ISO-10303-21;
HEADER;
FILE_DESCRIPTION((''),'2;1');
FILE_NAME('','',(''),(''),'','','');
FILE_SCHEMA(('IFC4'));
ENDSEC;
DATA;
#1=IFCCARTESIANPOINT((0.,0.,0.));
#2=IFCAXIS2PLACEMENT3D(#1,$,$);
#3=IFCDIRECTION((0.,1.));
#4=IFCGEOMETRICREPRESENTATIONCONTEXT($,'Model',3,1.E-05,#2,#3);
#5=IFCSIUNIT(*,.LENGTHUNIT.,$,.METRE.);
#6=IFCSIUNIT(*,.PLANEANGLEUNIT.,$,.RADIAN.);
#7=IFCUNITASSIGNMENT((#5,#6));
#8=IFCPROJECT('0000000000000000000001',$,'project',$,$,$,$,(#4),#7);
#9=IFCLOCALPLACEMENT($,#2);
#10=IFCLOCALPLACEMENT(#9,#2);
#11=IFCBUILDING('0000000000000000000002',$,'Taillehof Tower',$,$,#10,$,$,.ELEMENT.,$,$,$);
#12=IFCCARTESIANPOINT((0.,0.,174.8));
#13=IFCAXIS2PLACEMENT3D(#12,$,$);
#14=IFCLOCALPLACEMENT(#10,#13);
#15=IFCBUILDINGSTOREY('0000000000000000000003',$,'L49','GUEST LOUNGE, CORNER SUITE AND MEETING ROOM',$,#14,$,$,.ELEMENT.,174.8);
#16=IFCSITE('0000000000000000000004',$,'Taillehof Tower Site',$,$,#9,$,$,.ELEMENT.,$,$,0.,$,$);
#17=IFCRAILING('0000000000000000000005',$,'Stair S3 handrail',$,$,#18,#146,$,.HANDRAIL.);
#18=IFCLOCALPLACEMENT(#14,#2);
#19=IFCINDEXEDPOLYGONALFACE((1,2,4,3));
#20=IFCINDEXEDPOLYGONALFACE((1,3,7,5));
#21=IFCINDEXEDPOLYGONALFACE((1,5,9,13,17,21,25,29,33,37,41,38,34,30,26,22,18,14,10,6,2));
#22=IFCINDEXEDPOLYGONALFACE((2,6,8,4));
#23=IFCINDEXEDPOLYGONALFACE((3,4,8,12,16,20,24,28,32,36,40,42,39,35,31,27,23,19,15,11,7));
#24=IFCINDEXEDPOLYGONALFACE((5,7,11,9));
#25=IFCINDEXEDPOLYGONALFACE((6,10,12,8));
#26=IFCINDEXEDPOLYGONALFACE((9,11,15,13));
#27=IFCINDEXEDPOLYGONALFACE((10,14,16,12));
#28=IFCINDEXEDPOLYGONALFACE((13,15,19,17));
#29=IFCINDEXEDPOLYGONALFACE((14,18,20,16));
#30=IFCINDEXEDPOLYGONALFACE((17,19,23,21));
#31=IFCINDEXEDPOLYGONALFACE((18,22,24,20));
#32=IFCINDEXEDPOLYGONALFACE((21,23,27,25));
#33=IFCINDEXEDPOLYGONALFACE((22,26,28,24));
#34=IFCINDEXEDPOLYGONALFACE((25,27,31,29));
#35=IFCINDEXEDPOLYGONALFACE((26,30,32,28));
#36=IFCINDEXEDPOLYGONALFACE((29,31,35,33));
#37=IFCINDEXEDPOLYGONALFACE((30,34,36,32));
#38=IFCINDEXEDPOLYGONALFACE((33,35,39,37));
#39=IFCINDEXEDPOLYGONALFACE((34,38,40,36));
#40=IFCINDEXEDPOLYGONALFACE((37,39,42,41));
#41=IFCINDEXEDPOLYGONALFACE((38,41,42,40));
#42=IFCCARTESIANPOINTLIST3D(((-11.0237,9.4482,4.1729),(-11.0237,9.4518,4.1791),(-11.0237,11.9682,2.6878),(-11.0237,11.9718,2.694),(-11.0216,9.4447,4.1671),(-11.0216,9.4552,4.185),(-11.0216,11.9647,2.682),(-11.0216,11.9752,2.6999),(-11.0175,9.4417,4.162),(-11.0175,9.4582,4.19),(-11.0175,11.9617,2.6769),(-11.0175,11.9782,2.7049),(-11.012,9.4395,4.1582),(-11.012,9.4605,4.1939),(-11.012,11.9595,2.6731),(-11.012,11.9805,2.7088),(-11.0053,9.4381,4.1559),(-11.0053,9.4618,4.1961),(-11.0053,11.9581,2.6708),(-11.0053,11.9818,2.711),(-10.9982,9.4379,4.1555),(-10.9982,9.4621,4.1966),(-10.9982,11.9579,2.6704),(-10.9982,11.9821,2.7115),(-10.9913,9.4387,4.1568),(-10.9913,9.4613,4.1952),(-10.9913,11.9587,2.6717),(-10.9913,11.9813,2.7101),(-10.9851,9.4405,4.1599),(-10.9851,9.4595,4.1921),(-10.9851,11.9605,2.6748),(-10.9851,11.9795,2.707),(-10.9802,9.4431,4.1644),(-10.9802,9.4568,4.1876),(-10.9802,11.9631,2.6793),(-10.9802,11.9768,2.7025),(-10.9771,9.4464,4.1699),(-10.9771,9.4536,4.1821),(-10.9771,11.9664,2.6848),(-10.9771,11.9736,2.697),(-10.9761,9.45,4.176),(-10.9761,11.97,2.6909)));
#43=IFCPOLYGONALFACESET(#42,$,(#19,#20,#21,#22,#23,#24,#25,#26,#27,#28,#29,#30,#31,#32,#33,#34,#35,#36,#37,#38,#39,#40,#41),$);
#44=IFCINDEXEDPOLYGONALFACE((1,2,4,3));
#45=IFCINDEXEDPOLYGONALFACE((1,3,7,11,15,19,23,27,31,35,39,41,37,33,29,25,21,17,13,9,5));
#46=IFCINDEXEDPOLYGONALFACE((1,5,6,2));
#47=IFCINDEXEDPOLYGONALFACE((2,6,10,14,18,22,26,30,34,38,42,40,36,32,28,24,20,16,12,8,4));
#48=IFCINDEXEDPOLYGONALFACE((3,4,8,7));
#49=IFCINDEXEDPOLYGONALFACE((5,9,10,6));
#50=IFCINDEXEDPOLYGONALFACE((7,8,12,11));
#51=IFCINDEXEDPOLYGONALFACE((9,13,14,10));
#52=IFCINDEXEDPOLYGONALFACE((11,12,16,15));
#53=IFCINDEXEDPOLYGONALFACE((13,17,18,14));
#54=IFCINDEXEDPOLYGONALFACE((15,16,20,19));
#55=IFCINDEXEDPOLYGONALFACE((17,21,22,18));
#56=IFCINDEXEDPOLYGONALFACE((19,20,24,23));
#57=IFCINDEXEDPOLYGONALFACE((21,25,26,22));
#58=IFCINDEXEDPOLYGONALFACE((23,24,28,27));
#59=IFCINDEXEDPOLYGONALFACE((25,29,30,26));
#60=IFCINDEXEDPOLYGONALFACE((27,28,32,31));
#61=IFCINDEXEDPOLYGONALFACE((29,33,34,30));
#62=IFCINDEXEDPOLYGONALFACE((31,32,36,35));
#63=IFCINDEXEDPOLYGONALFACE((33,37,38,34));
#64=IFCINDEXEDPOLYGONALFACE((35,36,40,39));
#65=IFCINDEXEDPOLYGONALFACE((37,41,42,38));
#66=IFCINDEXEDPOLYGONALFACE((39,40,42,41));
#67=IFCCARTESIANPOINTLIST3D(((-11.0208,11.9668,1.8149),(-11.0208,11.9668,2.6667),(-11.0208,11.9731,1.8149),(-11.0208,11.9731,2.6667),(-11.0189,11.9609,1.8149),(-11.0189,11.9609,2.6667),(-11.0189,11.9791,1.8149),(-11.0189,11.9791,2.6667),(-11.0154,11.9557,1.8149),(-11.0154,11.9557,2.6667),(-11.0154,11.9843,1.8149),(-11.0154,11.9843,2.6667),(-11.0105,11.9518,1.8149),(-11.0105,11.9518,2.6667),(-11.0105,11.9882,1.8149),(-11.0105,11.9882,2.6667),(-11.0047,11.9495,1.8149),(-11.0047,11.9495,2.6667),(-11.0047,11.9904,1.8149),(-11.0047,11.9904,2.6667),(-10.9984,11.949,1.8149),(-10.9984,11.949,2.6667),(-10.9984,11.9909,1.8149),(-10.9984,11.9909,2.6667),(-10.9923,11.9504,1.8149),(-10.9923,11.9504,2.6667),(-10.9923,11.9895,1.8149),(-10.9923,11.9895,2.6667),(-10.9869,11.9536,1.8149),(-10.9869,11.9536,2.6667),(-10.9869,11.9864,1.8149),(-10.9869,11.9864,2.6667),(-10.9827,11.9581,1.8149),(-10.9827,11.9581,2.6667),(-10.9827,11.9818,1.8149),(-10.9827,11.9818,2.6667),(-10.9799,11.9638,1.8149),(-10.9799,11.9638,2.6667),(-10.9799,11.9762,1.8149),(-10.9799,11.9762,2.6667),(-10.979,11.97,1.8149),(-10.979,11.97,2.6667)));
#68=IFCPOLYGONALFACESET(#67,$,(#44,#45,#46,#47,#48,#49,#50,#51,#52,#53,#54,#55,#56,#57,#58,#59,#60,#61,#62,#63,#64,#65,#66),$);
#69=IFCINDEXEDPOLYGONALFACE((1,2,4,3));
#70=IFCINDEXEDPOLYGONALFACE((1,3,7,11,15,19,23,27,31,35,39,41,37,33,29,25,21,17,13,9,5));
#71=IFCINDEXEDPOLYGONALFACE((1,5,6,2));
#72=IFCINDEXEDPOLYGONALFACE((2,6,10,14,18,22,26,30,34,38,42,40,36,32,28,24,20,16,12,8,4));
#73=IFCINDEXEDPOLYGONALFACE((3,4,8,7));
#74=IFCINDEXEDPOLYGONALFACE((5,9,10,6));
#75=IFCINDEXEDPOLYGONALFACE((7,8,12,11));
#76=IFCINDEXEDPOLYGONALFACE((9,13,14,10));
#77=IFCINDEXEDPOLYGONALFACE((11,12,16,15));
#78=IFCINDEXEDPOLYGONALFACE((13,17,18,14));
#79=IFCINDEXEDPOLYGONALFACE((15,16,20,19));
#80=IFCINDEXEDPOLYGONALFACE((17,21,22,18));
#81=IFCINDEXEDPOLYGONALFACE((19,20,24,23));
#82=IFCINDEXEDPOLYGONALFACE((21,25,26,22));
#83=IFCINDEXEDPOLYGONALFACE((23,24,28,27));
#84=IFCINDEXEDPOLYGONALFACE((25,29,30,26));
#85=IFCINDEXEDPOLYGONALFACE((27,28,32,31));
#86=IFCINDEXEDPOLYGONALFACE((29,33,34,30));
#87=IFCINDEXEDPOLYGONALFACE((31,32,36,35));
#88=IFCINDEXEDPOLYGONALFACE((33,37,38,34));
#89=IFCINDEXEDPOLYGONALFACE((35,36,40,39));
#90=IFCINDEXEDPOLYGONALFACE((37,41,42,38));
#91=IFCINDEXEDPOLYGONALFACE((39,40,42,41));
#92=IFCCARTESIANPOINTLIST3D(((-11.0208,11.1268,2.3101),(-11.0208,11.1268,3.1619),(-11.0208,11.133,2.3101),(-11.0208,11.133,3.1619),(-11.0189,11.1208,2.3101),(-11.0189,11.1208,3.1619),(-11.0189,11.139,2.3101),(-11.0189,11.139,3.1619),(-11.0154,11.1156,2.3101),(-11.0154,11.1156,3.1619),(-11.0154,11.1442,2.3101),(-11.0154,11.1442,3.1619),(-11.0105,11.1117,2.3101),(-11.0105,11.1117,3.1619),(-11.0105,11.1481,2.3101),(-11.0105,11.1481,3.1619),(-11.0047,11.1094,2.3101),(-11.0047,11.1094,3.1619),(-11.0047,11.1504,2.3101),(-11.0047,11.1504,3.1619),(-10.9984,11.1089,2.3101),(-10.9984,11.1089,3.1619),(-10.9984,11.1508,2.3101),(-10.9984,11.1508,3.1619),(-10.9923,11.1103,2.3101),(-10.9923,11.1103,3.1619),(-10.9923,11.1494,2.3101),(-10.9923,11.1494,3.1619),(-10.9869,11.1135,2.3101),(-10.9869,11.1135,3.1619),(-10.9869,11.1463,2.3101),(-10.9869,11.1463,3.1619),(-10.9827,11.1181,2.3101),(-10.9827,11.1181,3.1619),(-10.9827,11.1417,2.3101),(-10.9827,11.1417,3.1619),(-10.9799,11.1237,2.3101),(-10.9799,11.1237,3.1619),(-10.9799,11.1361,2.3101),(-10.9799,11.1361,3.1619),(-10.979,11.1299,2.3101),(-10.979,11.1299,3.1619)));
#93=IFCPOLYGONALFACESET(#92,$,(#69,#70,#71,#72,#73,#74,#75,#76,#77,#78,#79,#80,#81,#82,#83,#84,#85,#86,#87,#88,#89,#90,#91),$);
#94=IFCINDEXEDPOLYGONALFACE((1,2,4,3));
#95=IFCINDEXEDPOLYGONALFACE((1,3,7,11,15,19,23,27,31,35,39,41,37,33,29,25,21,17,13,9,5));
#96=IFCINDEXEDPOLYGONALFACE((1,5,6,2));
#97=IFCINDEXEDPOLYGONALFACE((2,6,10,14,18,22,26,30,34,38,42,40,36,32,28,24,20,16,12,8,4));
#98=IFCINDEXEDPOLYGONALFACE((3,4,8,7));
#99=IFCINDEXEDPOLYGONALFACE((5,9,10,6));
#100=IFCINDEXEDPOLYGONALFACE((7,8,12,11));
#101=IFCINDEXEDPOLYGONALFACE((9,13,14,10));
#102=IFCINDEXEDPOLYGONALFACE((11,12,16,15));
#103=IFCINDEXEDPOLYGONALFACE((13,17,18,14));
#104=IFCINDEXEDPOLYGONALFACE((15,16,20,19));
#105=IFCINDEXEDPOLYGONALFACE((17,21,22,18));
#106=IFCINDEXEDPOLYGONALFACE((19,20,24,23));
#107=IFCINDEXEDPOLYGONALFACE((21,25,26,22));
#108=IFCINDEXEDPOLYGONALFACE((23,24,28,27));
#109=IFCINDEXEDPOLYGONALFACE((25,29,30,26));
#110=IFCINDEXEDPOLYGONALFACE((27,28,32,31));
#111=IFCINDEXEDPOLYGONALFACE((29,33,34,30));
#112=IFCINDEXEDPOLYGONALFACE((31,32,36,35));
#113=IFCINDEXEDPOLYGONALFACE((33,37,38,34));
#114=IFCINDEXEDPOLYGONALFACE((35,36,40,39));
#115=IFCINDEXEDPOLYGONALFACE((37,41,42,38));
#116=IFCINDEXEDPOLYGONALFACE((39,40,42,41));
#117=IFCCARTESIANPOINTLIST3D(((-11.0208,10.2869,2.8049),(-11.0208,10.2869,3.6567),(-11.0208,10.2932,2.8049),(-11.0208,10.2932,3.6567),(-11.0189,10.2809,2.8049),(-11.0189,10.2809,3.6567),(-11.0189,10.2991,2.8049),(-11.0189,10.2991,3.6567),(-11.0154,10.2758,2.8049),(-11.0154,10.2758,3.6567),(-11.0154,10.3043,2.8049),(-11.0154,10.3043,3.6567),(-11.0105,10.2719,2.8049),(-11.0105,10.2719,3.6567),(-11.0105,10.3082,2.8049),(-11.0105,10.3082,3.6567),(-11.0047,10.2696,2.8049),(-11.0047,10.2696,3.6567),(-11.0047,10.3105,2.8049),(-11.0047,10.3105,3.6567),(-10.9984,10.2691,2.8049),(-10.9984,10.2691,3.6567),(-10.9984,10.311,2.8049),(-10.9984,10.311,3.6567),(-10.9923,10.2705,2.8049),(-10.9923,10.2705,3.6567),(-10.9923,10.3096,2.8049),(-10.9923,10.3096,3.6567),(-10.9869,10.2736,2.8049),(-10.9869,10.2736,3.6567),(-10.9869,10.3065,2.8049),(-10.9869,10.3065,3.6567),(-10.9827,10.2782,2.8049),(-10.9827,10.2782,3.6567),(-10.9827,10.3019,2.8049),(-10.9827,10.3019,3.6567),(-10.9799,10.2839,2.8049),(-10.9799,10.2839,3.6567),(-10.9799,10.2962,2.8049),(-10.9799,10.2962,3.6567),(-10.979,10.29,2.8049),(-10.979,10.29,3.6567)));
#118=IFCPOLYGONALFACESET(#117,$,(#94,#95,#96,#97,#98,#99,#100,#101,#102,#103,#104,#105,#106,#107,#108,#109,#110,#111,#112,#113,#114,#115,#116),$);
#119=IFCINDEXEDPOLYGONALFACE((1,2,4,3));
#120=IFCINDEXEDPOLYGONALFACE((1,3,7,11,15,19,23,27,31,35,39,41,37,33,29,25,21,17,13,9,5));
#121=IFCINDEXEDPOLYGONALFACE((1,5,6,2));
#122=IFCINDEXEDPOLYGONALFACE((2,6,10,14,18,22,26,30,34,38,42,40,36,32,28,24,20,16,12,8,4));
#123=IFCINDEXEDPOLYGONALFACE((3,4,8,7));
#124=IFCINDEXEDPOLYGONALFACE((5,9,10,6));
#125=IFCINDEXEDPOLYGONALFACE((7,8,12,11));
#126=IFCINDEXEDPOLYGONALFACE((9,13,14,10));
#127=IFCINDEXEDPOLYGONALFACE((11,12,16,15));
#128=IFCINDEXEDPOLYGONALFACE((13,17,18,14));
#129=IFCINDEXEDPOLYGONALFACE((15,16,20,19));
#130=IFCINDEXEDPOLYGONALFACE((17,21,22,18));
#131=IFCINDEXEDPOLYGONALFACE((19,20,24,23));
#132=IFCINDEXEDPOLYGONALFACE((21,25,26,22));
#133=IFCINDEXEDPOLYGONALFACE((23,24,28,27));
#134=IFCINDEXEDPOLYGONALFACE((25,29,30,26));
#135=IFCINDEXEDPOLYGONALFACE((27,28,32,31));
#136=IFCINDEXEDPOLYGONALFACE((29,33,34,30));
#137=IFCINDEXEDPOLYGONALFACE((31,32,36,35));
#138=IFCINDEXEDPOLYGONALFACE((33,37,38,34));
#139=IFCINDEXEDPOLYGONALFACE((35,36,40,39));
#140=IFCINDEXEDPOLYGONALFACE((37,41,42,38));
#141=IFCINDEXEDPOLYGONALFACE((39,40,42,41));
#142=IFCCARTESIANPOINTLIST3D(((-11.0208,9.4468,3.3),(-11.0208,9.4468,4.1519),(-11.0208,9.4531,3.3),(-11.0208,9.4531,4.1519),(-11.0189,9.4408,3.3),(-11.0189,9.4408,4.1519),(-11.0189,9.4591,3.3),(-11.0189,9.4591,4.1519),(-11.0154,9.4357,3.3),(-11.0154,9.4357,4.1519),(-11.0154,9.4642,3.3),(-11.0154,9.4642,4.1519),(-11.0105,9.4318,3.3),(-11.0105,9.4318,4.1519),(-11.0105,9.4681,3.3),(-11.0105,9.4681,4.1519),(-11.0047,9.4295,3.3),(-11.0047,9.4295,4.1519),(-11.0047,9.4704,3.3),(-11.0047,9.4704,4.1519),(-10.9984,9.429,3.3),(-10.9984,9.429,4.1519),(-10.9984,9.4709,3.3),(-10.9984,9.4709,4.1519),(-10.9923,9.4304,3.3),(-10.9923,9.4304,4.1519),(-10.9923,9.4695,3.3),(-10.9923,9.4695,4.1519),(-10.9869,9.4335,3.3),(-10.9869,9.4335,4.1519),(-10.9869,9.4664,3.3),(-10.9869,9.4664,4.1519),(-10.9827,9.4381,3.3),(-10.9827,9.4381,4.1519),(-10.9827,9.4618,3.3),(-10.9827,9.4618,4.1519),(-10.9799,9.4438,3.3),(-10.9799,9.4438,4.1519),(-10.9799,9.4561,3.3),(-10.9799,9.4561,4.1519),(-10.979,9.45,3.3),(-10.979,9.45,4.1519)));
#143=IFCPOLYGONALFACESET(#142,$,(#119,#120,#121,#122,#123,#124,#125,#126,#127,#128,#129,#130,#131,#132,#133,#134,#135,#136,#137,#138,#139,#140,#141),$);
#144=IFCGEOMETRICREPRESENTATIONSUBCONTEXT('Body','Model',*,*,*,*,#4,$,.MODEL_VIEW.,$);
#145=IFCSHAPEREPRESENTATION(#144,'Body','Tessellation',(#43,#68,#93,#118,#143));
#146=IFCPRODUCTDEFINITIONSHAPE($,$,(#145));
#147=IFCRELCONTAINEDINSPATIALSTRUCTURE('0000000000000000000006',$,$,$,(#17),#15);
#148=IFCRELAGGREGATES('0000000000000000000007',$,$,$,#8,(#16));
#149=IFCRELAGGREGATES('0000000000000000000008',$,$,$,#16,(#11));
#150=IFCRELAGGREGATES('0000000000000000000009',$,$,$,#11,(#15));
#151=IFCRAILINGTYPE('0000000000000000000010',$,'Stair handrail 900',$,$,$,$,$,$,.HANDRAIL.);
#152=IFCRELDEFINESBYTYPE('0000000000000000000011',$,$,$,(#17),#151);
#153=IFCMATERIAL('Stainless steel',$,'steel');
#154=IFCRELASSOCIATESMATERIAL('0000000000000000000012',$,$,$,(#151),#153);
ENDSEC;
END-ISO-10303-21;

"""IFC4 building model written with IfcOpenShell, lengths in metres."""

from ifc_helpers import new_model, si_unit, direction, frame, origin, origin_2d, place, context, subcontext, project, spatial, circle, extrude, material, type_object, element, save


model = new_model("IFC4")

# Units and contexts
model_context = context("Model", 3, precision=1e-05, world=origin(), true_north=direction((0.0, 1.0)))
body_context = subcontext(model_context, "Body", "Model", "MODEL_VIEW")
ifc_project = project(units=[si_unit("LENGTHUNIT", "METRE"), si_unit("PLANEANGLEUNIT", "RADIAN")], contexts=[model_context])

# Site, building, storey
site_placement = place(None, origin())
site = spatial("IfcSite", under=ifc_project, at=site_placement, Name="Taillehof Tower Site", CompositionType="ELEMENT", RefElevation=0.0)
building_placement = place(site_placement, origin())
building = spatial("IfcBuilding", under=site, at=building_placement, Name="Taillehof Tower", CompositionType="ELEMENT")
storey_placement = place(building_placement, frame((0.0, 0.0, 174.8)))
storey = spatial("IfcBuildingStorey", under=building, at=storey_placement, Name="L49", Description="GUEST LOUNGE, CORNER SUITE AND MEETING ROOM", CompositionType="ELEMENT", Elevation=174.8)

# Railing
ifc_material_1 = material(Name="Stainless steel", Category="steel")
railing_type = type_object("IfcRailingType", Name="Stair handrail 900", PredefinedType="HANDRAIL", material=ifc_material_1)
railing_placement = place(storey_placement, frame((-11.0, 11.97, 1.8149)))
element("IfcRailing", 1, at=railing_placement, inside=storey, type_object=railing_type, Name="Stair S3 handrail", PredefinedType="HANDRAIL", context=body_context, shape_type="SweptSolid", body=[
    extrude(circle(Radius=0.0239, at=origin_2d()), frame((0.0, 0.0, 0.876), z_axis=(0.0, -0.861524, 0.507717), x_axis=(1.0, 0.0, 0.0)), (0.0, 0.0, 1.0), 2.925),
    extrude(circle(Radius=0.021, at=origin_2d()), origin(), (0.0, 0.0, 1.0), 0.8518),
    extrude(circle(Radius=0.021, at=origin_2d()), frame((0.0, -0.8401, 0.4951)), (0.0, 0.0, 1.0), 0.8518),
    extrude(circle(Radius=0.021, at=origin_2d()), frame((0.0, -1.6799, 0.99)), (0.0, 0.0, 1.0), 0.8518),
    extrude(circle(Radius=0.021, at=origin_2d()), frame((0.0, -2.52, 1.4851)), (0.0, 0.0, 1.0), 0.8518),
])

save(model, "model.ifc")
